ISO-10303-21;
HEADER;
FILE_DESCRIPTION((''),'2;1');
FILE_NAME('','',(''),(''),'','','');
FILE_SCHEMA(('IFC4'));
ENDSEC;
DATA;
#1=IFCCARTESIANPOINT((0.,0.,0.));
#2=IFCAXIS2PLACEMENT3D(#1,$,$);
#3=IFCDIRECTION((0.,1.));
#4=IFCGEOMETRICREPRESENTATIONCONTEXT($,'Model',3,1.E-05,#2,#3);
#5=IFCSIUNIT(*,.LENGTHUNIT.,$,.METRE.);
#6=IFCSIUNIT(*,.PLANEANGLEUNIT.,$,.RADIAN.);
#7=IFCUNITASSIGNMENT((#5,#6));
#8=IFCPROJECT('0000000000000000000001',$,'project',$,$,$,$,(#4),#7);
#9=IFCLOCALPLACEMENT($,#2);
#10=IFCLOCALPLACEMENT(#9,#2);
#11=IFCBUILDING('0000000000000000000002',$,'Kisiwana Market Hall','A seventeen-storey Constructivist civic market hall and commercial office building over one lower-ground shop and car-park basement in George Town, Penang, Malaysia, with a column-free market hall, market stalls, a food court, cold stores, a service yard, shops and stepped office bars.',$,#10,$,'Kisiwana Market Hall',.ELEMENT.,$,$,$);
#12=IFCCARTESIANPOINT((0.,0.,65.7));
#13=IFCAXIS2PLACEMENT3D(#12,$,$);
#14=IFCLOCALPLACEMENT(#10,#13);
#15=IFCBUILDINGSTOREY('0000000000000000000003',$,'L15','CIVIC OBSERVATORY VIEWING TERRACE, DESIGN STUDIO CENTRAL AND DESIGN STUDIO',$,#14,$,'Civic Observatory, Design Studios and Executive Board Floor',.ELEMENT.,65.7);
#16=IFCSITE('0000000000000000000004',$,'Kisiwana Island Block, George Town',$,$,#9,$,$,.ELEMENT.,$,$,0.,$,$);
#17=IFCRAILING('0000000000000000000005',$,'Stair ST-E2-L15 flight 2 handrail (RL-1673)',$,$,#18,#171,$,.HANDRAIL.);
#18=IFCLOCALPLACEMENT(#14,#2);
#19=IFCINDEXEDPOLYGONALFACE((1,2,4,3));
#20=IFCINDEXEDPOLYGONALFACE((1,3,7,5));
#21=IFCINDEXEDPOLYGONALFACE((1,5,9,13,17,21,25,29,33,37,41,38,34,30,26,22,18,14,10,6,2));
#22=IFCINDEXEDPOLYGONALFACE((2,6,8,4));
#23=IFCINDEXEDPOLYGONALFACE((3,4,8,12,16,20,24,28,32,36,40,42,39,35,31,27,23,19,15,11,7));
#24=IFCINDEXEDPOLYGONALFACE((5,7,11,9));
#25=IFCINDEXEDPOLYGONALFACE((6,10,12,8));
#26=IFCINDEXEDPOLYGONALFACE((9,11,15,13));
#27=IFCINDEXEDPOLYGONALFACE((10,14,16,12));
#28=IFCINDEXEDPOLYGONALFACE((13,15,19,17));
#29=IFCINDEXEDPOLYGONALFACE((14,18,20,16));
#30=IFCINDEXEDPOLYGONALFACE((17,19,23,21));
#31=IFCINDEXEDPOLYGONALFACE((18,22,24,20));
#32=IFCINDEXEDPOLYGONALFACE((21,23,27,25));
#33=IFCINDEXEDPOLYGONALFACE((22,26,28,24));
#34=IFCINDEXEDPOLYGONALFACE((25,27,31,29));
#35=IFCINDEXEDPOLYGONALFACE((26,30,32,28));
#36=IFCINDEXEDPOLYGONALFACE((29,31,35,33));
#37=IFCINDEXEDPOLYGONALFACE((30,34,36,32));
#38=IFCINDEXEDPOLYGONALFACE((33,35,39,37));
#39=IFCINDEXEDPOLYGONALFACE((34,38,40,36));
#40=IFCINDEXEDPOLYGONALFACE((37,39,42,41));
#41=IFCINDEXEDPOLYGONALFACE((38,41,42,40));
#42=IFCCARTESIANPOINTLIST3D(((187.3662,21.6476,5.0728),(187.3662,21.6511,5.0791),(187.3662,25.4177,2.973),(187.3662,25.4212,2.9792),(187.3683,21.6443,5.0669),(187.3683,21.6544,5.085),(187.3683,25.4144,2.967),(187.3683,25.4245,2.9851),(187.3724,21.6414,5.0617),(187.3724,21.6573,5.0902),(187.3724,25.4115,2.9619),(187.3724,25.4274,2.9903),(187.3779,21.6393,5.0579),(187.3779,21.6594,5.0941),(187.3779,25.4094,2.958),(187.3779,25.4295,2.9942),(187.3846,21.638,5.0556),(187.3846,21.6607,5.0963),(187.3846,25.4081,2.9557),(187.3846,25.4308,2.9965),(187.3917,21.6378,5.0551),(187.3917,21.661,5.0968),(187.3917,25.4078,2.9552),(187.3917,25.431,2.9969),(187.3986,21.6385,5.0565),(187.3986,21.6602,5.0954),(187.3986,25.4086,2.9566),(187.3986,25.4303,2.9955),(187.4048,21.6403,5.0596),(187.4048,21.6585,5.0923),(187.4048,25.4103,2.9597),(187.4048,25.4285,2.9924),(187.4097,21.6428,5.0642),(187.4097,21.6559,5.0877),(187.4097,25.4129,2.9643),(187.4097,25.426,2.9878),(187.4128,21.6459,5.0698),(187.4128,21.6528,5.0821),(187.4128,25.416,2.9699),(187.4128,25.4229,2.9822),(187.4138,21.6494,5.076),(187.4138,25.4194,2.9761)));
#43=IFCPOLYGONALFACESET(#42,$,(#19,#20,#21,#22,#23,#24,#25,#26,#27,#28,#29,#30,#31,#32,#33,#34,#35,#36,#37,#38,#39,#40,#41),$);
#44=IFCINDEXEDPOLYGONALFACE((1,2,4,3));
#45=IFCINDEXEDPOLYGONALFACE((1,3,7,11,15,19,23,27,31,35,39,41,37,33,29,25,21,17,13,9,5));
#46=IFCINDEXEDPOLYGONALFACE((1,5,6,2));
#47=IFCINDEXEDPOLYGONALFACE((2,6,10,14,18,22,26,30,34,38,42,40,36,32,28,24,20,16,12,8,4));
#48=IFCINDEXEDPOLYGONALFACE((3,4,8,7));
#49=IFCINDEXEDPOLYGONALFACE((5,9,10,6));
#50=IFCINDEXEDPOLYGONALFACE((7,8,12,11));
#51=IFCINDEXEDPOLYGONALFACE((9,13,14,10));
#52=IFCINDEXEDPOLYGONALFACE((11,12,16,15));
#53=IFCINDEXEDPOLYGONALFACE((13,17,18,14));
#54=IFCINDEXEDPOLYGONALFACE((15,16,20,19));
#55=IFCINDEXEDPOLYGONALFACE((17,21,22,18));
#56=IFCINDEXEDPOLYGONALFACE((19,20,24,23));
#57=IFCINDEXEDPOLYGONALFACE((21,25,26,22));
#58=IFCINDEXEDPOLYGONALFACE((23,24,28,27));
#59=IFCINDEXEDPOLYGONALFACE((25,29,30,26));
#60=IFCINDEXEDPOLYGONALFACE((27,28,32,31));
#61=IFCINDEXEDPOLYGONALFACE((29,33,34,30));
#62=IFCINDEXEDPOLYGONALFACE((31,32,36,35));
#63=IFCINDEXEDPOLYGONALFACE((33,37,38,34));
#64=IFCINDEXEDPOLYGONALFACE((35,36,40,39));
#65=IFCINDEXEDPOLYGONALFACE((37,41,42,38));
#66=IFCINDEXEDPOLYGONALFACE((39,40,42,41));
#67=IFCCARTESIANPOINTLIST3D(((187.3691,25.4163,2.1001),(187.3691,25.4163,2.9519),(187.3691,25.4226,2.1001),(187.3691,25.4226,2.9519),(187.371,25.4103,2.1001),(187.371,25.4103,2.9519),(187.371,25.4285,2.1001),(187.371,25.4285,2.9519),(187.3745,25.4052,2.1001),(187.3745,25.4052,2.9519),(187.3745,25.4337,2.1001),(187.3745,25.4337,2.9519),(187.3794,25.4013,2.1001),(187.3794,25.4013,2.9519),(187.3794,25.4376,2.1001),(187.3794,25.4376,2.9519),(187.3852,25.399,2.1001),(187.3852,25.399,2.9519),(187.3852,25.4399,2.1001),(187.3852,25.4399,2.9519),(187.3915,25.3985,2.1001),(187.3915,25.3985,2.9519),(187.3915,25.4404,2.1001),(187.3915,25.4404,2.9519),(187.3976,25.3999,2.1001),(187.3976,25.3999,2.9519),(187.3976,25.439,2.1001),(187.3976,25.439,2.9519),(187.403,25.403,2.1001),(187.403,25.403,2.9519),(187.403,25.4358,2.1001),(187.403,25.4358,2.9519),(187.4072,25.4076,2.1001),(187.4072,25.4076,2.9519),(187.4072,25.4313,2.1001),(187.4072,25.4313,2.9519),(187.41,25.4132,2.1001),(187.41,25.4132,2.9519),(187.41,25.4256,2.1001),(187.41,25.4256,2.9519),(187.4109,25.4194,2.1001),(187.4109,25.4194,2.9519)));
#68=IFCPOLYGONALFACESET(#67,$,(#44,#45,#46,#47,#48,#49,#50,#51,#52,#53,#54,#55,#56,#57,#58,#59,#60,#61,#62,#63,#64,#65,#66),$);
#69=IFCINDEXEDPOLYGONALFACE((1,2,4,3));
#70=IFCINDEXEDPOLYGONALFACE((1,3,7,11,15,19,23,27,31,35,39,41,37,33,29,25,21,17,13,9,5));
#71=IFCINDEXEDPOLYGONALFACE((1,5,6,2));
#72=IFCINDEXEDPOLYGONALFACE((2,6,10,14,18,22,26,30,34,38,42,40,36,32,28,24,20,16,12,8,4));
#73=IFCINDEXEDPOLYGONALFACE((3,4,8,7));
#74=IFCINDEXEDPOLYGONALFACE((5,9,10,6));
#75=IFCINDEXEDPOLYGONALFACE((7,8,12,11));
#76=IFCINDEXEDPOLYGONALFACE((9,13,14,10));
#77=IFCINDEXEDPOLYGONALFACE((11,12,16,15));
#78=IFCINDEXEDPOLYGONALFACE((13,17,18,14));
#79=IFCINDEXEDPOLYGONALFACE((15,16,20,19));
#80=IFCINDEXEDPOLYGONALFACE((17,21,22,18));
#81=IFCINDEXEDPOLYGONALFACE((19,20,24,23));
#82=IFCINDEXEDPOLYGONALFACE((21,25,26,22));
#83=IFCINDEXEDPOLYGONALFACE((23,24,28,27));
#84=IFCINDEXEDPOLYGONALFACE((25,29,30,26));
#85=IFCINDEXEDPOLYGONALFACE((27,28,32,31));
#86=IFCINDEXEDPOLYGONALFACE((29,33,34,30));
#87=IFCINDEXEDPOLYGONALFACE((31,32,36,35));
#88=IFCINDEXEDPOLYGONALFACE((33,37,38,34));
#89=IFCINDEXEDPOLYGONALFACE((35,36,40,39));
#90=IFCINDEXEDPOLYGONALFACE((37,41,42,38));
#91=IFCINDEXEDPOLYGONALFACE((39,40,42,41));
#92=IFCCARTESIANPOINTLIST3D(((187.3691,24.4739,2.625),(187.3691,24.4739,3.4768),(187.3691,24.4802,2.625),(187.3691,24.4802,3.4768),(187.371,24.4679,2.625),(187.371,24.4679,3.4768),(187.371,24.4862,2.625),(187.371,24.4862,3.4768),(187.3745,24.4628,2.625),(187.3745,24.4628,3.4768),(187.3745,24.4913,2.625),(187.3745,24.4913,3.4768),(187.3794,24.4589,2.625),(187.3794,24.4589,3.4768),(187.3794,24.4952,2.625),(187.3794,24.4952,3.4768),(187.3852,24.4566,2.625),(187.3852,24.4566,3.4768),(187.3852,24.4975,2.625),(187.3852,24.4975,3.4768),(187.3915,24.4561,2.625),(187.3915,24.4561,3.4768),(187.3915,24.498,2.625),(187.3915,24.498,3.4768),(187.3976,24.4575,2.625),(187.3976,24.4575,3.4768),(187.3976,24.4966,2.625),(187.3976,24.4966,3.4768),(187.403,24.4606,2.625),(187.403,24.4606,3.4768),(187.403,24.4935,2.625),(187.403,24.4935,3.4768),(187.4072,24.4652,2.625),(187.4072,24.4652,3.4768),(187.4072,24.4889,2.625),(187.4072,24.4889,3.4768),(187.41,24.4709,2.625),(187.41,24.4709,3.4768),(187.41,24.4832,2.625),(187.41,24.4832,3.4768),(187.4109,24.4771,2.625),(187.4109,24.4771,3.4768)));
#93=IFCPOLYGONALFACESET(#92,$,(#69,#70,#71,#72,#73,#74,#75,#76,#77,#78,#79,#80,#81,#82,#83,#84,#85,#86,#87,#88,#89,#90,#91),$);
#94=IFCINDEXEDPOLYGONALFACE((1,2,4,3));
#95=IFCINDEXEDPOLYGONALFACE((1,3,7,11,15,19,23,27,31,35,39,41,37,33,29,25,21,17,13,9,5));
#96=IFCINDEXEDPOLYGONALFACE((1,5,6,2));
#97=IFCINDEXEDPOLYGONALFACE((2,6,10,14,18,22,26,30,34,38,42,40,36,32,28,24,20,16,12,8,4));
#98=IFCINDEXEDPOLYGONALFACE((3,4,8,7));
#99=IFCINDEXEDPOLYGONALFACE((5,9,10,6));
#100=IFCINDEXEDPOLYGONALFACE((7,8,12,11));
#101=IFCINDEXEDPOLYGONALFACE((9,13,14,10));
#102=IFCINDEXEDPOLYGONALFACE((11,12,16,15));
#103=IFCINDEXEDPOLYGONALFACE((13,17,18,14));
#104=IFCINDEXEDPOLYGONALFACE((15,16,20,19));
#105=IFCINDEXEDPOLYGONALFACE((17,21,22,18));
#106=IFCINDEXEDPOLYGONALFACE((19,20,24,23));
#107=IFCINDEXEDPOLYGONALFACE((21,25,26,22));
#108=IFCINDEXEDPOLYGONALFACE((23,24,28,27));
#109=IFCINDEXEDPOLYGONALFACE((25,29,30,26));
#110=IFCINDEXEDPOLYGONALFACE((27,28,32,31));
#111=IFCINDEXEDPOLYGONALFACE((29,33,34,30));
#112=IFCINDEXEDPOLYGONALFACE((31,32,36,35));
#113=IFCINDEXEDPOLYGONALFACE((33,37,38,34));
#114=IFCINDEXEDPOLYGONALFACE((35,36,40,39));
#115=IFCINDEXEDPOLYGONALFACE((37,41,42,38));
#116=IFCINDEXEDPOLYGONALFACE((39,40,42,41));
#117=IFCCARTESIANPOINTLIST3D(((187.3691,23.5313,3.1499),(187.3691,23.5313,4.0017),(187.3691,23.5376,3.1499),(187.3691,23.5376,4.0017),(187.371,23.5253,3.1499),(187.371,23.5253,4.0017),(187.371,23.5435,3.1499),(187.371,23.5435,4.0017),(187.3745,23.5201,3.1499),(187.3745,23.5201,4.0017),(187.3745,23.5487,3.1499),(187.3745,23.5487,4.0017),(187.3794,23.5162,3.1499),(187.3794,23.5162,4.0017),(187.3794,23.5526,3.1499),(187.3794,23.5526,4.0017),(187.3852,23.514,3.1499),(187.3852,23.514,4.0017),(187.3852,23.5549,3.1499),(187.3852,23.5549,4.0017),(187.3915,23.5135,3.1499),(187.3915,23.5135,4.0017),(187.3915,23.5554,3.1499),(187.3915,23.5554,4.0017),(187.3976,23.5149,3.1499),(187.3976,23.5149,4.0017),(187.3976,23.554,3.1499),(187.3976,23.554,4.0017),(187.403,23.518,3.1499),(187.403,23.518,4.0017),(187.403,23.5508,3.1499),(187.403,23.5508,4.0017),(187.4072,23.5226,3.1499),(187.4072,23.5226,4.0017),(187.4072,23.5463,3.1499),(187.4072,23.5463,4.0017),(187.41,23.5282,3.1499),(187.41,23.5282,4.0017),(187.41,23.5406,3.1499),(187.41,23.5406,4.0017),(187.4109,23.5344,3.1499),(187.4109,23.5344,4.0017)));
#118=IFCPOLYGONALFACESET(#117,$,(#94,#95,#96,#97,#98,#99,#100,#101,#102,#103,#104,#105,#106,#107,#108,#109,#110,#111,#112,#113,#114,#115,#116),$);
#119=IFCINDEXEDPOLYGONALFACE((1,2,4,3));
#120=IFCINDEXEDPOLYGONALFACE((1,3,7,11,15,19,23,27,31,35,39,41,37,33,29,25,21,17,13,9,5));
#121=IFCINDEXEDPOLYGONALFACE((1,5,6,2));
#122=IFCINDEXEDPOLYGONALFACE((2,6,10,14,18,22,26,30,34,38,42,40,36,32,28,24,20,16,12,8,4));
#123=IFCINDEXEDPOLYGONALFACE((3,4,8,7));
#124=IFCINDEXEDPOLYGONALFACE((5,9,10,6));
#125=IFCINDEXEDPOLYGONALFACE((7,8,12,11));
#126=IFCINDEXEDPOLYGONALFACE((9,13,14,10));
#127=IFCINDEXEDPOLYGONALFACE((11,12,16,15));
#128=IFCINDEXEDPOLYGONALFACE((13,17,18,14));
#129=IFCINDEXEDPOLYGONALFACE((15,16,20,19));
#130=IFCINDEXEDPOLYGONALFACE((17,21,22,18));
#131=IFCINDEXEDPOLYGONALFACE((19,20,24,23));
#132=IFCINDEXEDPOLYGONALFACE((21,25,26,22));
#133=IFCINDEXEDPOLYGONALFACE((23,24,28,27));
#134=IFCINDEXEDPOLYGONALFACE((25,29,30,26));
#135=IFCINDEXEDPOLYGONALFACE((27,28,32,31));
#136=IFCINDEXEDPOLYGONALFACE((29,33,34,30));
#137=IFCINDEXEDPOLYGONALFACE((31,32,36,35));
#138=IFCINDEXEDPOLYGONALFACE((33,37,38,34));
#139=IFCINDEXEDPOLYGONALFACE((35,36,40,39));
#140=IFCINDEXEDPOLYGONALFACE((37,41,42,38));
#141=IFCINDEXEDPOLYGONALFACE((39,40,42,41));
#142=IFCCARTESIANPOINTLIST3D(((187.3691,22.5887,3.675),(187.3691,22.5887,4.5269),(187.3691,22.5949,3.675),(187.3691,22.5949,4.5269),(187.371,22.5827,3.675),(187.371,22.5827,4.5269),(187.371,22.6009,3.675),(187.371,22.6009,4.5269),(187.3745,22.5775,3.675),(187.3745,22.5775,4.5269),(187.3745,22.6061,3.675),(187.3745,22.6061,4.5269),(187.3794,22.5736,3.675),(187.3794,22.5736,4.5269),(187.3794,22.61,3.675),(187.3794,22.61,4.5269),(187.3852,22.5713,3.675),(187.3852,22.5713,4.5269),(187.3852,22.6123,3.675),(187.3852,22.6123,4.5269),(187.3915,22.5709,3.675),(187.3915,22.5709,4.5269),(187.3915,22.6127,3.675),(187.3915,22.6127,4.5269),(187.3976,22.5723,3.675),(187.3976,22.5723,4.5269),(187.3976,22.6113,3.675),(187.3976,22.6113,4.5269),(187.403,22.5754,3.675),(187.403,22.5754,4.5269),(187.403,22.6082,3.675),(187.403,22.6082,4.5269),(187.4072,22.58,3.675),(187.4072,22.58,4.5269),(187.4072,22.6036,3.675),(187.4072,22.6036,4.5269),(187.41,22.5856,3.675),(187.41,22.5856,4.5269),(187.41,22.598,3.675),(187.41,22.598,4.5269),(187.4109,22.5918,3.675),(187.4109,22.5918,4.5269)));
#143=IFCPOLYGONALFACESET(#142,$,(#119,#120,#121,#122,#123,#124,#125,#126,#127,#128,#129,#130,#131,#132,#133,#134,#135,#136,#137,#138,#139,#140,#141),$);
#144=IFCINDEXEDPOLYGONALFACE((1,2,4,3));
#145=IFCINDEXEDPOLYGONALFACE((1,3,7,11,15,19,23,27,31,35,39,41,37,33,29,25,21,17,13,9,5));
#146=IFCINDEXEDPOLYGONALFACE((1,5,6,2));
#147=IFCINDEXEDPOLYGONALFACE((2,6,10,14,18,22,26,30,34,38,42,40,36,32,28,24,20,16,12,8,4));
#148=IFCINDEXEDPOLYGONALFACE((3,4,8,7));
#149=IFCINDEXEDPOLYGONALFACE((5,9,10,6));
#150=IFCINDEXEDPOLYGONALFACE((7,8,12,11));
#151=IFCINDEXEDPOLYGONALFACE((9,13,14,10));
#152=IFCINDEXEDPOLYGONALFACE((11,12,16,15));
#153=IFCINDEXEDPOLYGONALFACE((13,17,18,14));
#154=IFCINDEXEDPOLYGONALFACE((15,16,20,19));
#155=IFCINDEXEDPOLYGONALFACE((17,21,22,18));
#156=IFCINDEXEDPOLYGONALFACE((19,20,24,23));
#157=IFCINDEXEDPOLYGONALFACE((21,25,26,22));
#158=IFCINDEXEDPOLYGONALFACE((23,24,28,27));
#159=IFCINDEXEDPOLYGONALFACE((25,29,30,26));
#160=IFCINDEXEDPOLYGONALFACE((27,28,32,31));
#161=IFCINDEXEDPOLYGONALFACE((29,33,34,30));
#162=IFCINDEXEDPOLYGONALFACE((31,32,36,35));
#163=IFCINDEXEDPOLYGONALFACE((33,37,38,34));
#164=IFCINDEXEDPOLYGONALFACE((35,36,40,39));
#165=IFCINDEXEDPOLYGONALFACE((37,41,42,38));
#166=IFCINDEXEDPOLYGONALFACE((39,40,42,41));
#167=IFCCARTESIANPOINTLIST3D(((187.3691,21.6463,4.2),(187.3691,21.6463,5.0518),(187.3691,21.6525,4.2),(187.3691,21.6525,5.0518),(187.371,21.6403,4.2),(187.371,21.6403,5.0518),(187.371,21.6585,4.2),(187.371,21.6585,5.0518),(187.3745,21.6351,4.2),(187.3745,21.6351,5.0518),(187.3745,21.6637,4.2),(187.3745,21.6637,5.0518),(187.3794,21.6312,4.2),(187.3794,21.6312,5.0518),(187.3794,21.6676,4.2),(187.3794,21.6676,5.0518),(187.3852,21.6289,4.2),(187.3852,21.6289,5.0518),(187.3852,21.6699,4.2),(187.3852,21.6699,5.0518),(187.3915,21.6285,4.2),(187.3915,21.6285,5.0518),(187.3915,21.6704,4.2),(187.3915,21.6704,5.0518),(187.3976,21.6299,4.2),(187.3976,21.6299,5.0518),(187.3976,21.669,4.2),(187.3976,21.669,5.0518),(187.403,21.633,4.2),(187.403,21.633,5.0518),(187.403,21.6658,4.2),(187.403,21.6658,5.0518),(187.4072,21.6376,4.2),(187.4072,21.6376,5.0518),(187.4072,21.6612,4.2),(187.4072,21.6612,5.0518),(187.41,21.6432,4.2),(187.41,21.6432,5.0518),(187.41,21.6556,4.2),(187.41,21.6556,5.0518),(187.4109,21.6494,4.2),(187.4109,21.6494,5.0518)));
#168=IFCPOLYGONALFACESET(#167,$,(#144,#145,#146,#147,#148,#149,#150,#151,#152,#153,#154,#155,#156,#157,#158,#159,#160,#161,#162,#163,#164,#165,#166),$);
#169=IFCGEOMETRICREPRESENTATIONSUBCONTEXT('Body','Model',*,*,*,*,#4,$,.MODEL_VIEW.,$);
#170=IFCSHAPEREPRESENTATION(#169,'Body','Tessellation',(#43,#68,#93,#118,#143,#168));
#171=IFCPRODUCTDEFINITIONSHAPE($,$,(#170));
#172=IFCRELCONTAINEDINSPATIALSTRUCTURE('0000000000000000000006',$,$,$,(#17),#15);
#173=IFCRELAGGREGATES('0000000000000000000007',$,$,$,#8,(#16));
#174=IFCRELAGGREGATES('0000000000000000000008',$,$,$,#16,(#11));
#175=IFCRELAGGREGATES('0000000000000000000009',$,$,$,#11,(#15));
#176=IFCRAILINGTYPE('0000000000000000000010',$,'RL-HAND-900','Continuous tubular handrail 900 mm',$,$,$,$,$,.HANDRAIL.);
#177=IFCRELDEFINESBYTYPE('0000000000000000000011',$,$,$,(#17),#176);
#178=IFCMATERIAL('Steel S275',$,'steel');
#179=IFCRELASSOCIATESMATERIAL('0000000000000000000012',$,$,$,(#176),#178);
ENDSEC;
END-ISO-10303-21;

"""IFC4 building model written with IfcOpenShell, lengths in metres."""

from ifc_helpers import new_model, si_unit, direction, frame, origin, origin_2d, place, context, subcontext, project, spatial, circle, extrude, material, type_object, element, save


model = new_model("IFC4")

# Units and contexts
model_context = context("Model", 3, precision=1e-05, world=origin(), true_north=direction((0.0, 1.0)))
body_context = subcontext(model_context, "Body", "Model", "MODEL_VIEW")
ifc_project = project(units=[si_unit("LENGTHUNIT", "METRE"), si_unit("PLANEANGLEUNIT", "RADIAN")], contexts=[model_context])

# Site, building, storey
site_placement = place(None, origin())
site = spatial("IfcSite", under=ifc_project, at=site_placement, Name="Kisiwana Island Block, George Town", CompositionType="ELEMENT", RefElevation=0.0)
building_placement = place(site_placement, origin())
building = spatial("IfcBuilding", under=site, at=building_placement, Name="Kisiwana Market Hall", Description="A seventeen-storey Constructivist civic market hall and commercial office building over one lower-ground shop and car-park basement in George Town, Penang, Malaysia, with a column-free market hall, market stalls, a food court, cold stores, a service yard, shops and stepped office bars.", LongName="Kisiwana Market Hall", CompositionType="ELEMENT")
storey_placement = place(building_placement, frame((0.0, 0.0, 65.7)))
storey = spatial("IfcBuildingStorey", under=building, at=storey_placement, Name="L15", Description="CIVIC OBSERVATORY VIEWING TERRACE, DESIGN STUDIO CENTRAL AND DESIGN STUDIO", LongName="Civic Observatory, Design Studios and Executive Board Floor", CompositionType="ELEMENT", Elevation=65.7)

# Railing
ifc_material_1 = material(Name="Steel S275", Category="steel")
railing_type_1 = type_object("IfcRailingType", Name="RL-HAND-900", Description="Continuous tubular handrail 900 mm", PredefinedType="HANDRAIL", material=ifc_material_1)
railing_1_placement = place(storey_placement, frame((187.3899, 25.4194, 2.1001)))
element("IfcRailing", 1, at=railing_1_placement, inside=storey, type_object=railing_type_1, Name="Stair ST-E2-L15 flight 2 handrail (RL-1673)", PredefinedType="HANDRAIL", context=body_context, shape_type="SweptSolid", body=[
    extrude(circle(Radius=0.0239, at=origin_2d()), frame((0.0, 0.0, 0.876), z_axis=(0.0, -0.873626, 0.486599), x_axis=(1.0, 0.0, 0.0)), (0.0, 0.0, 1.0), 4.3154),
    extrude(circle(Radius=0.021, at=origin_2d()), origin(), (0.0, 0.0, 1.0), 0.8518),
    extrude(circle(Radius=0.021, at=origin_2d()), frame((0.0, -0.9424, 0.5249)), (0.0, 0.0, 1.0), 0.8518),
    extrude(circle(Radius=0.021, at=origin_2d()), frame((0.0, -1.885, 1.0498)), (0.0, 0.0, 1.0), 0.8518),
    extrude(circle(Radius=0.021, at=origin_2d()), frame((0.0, -2.8276, 1.575)), (0.0, 0.0, 1.0), 0.8518),
    extrude(circle(Radius=0.021, at=origin_2d()), frame((0.0, -3.77, 2.0999)), (0.0, 0.0, 1.0), 0.8518),
])

save(model, "model.ifc")
